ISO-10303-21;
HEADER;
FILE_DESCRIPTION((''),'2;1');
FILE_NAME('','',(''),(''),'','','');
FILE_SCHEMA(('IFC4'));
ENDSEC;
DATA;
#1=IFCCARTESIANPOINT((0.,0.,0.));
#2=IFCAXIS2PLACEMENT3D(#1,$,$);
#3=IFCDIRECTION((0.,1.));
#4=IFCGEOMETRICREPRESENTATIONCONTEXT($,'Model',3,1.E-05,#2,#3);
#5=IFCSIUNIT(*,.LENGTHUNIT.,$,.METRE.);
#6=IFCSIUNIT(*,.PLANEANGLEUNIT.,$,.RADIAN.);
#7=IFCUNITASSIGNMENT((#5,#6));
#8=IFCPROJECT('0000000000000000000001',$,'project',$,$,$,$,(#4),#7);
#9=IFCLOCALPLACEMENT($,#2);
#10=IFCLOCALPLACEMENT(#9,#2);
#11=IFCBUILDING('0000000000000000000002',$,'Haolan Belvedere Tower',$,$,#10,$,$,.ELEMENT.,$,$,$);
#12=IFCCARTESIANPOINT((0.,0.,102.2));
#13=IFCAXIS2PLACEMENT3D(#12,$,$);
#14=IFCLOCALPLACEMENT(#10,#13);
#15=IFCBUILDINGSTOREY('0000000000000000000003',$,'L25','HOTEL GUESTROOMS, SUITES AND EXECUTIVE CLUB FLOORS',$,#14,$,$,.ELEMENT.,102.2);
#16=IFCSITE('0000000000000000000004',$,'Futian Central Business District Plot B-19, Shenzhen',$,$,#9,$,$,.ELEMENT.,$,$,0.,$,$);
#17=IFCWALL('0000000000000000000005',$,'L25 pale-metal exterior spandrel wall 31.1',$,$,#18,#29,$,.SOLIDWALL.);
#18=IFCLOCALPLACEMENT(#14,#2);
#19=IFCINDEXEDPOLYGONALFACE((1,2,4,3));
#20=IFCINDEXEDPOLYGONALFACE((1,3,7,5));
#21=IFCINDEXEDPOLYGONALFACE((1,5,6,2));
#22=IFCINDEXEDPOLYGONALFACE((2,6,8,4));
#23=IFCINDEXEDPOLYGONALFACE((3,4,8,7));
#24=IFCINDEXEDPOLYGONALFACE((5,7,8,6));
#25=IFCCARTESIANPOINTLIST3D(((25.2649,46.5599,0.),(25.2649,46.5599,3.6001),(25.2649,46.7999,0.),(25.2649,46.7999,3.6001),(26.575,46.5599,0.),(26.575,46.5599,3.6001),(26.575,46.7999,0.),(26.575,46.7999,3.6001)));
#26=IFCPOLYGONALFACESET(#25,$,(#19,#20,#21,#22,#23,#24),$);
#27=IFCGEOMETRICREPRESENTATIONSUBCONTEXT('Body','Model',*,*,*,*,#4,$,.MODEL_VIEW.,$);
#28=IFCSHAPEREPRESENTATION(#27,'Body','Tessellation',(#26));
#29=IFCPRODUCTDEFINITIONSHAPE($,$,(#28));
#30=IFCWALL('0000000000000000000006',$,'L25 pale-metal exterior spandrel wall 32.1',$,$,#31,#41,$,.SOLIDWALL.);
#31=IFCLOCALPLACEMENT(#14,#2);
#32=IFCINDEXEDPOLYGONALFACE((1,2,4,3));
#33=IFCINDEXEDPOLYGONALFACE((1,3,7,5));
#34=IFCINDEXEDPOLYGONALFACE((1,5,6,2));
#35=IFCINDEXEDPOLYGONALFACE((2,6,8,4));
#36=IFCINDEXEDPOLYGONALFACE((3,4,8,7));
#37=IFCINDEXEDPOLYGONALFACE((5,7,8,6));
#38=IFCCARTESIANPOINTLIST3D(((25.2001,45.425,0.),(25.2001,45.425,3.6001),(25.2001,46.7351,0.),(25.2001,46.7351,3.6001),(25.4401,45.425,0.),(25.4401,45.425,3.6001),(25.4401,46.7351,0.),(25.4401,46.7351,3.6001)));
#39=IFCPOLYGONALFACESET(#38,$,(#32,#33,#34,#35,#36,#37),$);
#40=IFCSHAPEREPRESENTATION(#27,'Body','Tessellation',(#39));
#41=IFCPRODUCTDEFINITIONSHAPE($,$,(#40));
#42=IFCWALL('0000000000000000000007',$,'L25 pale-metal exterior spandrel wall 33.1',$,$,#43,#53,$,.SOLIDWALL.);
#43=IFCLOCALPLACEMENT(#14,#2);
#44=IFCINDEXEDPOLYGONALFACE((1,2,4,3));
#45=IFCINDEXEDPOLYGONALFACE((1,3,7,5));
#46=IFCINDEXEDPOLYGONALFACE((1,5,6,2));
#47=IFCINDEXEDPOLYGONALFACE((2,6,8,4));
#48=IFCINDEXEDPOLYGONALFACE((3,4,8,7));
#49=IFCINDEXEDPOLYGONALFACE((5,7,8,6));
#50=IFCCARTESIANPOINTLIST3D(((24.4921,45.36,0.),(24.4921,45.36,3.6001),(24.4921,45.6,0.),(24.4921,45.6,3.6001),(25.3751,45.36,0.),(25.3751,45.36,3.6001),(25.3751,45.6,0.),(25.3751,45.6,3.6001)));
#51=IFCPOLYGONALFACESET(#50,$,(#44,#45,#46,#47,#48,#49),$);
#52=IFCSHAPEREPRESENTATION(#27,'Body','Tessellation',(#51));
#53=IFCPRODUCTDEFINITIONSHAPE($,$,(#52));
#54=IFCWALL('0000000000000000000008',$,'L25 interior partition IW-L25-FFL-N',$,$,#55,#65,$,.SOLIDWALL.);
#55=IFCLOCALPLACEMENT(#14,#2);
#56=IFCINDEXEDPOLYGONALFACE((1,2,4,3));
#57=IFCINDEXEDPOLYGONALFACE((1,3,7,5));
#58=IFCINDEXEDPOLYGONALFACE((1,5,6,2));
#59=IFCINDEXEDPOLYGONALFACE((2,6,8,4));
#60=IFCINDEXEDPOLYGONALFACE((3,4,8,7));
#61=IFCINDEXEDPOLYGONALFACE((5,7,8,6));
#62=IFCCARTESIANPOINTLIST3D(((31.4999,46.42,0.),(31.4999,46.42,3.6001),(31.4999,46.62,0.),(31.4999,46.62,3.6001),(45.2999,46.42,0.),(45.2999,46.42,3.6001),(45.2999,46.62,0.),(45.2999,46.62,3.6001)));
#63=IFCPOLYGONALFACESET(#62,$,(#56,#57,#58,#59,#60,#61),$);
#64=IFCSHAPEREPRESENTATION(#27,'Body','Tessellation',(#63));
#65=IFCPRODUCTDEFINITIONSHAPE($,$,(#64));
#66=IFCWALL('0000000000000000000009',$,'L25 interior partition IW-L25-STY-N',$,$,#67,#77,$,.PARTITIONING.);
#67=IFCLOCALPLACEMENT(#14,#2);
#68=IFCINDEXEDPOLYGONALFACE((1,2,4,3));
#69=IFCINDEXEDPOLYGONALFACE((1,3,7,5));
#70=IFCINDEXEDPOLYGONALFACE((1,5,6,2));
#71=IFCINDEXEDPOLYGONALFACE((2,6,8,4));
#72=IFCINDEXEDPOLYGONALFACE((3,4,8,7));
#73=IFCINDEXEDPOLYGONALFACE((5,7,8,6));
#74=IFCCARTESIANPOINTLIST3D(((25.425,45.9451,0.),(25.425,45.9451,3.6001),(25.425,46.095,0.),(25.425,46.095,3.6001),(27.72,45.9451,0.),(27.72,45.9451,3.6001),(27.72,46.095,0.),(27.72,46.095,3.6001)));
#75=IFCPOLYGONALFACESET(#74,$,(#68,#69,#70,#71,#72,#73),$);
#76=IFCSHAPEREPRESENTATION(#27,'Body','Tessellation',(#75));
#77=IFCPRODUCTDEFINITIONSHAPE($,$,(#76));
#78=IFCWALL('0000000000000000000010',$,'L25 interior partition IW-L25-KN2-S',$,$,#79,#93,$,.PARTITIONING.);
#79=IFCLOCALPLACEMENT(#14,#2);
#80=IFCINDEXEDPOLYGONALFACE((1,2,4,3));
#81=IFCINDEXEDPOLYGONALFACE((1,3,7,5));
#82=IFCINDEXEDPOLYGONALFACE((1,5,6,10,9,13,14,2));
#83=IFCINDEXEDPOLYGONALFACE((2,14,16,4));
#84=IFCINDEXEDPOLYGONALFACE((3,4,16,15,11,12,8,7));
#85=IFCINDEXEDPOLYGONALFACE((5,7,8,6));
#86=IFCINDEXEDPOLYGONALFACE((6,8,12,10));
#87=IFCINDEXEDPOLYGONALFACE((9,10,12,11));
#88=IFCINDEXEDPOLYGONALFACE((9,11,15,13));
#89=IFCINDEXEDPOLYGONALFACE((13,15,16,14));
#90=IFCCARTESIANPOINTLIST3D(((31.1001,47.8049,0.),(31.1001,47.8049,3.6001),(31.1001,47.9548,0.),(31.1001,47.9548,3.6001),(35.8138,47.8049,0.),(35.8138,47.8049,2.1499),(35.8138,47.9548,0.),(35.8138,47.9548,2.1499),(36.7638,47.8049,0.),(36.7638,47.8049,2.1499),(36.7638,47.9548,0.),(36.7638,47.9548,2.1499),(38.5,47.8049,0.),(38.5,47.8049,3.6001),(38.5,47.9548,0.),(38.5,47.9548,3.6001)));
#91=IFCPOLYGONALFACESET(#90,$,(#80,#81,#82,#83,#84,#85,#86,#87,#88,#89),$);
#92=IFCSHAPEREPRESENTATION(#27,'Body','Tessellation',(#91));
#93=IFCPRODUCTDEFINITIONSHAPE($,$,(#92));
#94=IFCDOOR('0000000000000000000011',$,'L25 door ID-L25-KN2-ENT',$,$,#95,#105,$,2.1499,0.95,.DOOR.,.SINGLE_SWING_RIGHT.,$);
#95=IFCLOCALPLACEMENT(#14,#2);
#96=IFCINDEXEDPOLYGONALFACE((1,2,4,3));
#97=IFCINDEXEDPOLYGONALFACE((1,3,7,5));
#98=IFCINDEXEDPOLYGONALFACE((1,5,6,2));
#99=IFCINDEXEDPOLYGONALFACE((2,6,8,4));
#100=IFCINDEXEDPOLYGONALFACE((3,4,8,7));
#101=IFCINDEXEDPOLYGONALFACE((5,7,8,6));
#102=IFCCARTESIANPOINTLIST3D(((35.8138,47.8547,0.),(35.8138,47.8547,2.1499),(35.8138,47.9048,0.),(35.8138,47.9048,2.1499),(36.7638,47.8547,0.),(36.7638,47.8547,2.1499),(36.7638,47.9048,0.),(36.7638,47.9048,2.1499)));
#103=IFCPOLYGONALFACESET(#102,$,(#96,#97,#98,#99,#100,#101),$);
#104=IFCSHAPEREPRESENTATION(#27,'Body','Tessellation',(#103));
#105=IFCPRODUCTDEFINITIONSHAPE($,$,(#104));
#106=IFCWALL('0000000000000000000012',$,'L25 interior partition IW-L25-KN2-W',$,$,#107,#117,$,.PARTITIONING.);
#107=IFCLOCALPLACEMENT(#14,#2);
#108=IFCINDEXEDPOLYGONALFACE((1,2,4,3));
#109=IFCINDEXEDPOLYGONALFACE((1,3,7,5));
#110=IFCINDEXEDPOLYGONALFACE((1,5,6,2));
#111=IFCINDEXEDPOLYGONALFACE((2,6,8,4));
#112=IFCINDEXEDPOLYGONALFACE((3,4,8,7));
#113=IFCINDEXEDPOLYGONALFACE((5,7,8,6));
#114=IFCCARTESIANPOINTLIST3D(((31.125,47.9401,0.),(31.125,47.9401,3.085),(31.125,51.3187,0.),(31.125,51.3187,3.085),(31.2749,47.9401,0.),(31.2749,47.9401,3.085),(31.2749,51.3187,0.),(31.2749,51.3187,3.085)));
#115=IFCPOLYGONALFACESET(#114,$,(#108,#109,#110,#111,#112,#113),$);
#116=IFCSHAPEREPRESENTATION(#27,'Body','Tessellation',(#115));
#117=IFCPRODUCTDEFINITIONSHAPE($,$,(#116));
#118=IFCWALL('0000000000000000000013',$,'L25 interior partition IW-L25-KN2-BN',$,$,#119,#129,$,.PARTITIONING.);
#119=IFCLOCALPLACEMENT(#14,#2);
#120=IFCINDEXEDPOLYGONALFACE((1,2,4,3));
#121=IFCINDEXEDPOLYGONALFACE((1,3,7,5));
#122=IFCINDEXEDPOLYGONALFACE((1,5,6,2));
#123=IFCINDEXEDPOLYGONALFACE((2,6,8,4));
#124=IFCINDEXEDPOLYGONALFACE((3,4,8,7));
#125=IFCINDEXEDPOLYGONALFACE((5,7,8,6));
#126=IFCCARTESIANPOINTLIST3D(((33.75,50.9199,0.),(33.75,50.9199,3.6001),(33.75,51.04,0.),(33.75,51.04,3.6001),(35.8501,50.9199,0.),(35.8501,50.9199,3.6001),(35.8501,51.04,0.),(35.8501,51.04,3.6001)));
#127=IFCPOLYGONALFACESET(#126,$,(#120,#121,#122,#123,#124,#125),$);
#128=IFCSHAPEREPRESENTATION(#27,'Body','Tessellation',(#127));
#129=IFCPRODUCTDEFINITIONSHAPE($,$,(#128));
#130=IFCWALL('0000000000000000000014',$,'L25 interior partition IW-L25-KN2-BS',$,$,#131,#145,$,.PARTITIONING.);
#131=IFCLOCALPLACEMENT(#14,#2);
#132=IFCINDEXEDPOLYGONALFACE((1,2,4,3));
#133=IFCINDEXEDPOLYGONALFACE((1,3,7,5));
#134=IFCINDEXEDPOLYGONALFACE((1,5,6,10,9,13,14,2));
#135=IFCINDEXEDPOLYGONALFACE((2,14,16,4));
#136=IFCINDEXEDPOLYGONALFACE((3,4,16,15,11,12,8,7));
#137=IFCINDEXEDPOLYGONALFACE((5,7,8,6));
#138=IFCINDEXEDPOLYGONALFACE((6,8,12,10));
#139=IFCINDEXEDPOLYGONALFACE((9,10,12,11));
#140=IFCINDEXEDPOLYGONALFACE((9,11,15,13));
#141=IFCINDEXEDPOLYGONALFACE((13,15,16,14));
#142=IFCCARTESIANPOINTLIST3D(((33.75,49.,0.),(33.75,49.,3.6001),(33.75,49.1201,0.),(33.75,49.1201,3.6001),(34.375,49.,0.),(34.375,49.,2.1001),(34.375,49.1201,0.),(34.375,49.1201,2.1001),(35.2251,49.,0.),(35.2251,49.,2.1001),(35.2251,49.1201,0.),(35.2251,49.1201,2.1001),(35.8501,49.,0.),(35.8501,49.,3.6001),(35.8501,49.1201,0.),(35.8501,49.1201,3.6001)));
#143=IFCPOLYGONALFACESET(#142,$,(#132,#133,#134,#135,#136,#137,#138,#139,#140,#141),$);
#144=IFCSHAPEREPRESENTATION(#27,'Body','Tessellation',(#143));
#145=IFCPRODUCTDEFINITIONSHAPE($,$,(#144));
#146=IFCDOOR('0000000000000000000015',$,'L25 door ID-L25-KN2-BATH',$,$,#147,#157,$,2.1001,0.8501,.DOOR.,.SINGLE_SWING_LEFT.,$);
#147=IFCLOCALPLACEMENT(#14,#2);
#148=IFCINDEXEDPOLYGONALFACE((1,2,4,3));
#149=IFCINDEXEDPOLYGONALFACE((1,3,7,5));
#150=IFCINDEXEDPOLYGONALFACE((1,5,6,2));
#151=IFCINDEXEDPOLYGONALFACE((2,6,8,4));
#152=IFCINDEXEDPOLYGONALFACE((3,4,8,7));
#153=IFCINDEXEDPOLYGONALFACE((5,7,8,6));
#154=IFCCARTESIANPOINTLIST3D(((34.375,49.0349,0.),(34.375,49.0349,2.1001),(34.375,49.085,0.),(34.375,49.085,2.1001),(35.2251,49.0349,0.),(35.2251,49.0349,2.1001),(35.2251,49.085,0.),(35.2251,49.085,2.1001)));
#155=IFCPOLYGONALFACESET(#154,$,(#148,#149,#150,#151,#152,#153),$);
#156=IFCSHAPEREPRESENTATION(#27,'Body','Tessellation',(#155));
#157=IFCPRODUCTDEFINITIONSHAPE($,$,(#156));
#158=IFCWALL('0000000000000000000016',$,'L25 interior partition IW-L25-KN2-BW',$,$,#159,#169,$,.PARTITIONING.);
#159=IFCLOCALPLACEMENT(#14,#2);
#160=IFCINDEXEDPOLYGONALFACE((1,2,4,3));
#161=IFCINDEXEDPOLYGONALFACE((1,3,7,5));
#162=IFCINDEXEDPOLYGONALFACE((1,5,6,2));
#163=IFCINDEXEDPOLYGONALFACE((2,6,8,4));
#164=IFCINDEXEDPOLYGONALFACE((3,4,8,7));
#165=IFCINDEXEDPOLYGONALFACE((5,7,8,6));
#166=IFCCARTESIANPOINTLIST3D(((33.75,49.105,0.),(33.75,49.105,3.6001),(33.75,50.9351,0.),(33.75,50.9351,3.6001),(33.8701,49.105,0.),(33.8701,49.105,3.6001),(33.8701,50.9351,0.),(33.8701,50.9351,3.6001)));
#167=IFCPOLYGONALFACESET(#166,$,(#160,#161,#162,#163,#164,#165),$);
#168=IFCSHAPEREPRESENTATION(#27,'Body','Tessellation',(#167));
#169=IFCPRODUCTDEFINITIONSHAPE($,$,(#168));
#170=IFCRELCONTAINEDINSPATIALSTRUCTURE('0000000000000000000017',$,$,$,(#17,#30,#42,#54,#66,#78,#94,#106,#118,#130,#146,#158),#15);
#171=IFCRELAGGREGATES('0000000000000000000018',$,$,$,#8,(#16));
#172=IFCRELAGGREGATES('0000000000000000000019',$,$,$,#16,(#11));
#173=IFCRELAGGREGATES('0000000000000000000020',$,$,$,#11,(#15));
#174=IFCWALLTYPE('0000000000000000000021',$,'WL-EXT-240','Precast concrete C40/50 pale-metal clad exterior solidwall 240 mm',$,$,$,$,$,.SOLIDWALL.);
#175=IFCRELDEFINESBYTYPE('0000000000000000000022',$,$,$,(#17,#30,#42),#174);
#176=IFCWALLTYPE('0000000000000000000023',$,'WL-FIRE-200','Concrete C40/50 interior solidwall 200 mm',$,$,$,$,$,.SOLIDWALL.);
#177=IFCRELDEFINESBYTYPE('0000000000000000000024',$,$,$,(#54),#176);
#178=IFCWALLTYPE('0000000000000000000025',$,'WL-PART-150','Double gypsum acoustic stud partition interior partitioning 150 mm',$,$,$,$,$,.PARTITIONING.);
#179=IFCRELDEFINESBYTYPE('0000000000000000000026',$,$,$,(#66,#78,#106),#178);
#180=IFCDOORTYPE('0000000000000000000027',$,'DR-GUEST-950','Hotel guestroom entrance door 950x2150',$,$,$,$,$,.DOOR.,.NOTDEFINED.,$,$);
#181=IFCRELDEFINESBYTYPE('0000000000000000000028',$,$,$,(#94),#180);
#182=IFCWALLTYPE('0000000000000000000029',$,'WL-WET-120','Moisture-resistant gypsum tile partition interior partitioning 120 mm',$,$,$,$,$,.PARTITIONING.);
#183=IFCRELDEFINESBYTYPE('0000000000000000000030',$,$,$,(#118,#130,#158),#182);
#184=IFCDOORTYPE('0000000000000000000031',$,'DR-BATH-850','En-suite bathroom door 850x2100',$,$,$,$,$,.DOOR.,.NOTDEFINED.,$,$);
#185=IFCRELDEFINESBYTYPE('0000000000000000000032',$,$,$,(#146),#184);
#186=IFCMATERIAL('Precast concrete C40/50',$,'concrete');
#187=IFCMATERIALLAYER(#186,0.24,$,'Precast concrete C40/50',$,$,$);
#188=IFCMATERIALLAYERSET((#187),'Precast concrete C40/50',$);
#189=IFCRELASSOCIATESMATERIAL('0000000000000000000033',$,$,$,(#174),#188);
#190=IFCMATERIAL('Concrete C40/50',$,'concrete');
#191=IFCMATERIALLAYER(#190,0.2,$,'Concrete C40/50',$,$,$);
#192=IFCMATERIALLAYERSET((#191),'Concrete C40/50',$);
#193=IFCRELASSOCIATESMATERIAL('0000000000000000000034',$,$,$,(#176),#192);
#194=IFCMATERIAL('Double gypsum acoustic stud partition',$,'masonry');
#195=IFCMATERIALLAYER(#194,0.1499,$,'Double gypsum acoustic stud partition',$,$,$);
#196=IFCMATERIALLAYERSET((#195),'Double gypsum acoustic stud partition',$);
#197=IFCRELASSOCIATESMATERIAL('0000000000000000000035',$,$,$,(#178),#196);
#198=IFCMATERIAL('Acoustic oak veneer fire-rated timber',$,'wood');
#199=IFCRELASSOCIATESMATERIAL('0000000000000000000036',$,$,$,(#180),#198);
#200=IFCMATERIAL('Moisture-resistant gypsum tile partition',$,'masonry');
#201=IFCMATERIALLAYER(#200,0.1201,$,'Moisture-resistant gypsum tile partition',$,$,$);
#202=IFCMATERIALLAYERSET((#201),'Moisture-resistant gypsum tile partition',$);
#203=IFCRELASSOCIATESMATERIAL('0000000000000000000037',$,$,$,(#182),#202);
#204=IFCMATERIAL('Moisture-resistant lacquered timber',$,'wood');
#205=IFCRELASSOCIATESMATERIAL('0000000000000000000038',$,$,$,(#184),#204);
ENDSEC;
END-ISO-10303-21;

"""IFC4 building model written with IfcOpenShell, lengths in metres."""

from ifc_helpers import new_model, si_unit, direction, frame, frame_2d, origin, place, context, subcontext, project, spatial, rectangle, extrude, material, layer, layer_set, type_object, element, fill, save


model = new_model("IFC4")

# Units and contexts
model_context = context("Model", 3, precision=1e-05, world=origin(), true_north=direction((0.0, 1.0)))
body_context = subcontext(model_context, "Body", "Model", "MODEL_VIEW")
ifc_project = project(units=[si_unit("LENGTHUNIT", "METRE"), si_unit("PLANEANGLEUNIT", "RADIAN")], contexts=[model_context])

# Site, building, storey
site_placement = place(None, origin())
site = spatial("IfcSite", under=ifc_project, at=site_placement, Name="Futian Central Business District Plot B-19, Shenzhen", CompositionType="ELEMENT", RefElevation=0.0)
building_placement = place(site_placement, origin())
building = spatial("IfcBuilding", under=site, at=building_placement, Name="Haolan Belvedere Tower", CompositionType="ELEMENT")
storey_placement = place(building_placement, frame((0.0, 0.0, 102.2)))
storey = spatial("IfcBuildingStorey", under=building, at=storey_placement, Name="L25", Description="HOTEL GUESTROOMS, SUITES AND EXECUTIVE CLUB FLOORS", CompositionType="ELEMENT", Elevation=102.2)

# Shared definitions
ifc_material_1 = material(Name="Precast concrete C40/50", Category="concrete")
ifc_layer_1 = layer(ifc_material_1, 0.24, Name="Precast concrete C40/50")
ifc_layer_set_1 = layer_set([ifc_layer_1], Name="Precast concrete C40/50")
wall_type_1 = type_object("IfcWallType", Name="WL-EXT-240", Description="Precast concrete C40/50 pale-metal clad exterior solidwall 240 mm", PredefinedType="SOLIDWALL", material=ifc_layer_set_1)

# Walls
for number, where, z_axis, x_axis, name in (
    (1, (26.575, 46.6799, 0.0), (0.0, 0.0, 1.0), (-1.0, 0.0, 0.0), "L25 pale-metal exterior spandrel wall 31.1"),
    (2, (25.3201, 46.7351, 0.0), (0.0, 0.0, 1.0), (0.0, -1.0, 0.0), "L25 pale-metal exterior spandrel wall 32.1"),
):
    element("IfcWall", number, at=place(storey_placement, frame(where, z_axis=z_axis, x_axis=x_axis)), inside=storey, type_object=wall_type_1, Name=name, PredefinedType="SOLIDWALL", context=body_context, shape_type="SweptSolid", body=[
        extrude(rectangle(XDim=1.3101, YDim=0.24, at=frame_2d((0.655, 0.0))), origin(), (0.0, 0.0, 1.0), 3.6001),
    ])
wall_1_placement = place(storey_placement, frame((25.375, 45.48, 0.0), z_axis=(0.0, 0.0, 1.0), x_axis=(-1.0, 0.0, 0.0)))
element("IfcWall", 3, at=wall_1_placement, inside=storey, type_object=wall_type_1, Name="L25 pale-metal exterior spandrel wall 33.1", PredefinedType="SOLIDWALL", context=body_context, shape_type="SweptSolid", body=[
    extrude(rectangle(XDim=0.8831, YDim=0.24, at=frame_2d((0.4414, 0.0))), origin(), (0.0, 0.0, 1.0), 3.6001),
])
ifc_material_2 = material(Name="Concrete C40/50", Category="concrete")
ifc_layer_2 = layer(ifc_material_2, 0.2, Name="Concrete C40/50")
ifc_layer_set_2 = layer_set([ifc_layer_2], Name="Concrete C40/50")
wall_type_2 = type_object("IfcWallType", Name="WL-FIRE-200", Description="Concrete C40/50 interior solidwall 200 mm", PredefinedType="SOLIDWALL", material=ifc_layer_set_2)
wall_2_placement = place(storey_placement, frame((31.5, 46.52, 0.0), z_axis=(0.0, 0.0, 1.0), x_axis=(1.0, 0.0, 0.0)))
element("IfcWall", 4, at=wall_2_placement, inside=storey, type_object=wall_type_2, Name="L25 interior partition IW-L25-FFL-N", PredefinedType="SOLIDWALL", context=body_context, shape_type="SweptSolid", body=[
    extrude(rectangle(XDim=13.8, YDim=0.2, at=frame_2d((6.8999, 0.0))), origin(), (0.0, 0.0, 1.0), 3.6001),
])

# Wall
ifc_material_3 = material(Name="Double gypsum acoustic stud partition", Category="masonry")
ifc_layer_3 = layer(ifc_material_3, 0.1499, Name="Double gypsum acoustic stud partition")
ifc_layer_set_3 = layer_set([ifc_layer_3], Name="Double gypsum acoustic stud partition")
wall_type_3 = type_object("IfcWallType", Name="WL-PART-150", Description="Double gypsum acoustic stud partition interior partitioning 150 mm", PredefinedType="PARTITIONING", material=ifc_layer_set_3)
wall_3_placement = place(storey_placement, frame((25.425, 46.02, 0.0), z_axis=(0.0, 0.0, 1.0), x_axis=(1.0, 0.0, 0.0)))
element("IfcWall", 5, at=wall_3_placement, inside=storey, type_object=wall_type_3, Name="L25 interior partition IW-L25-STY-N", PredefinedType="PARTITIONING", context=body_context, shape_type="SweptSolid", body=[
    extrude(rectangle(XDim=2.2949, YDim=0.1499, at=frame_2d((1.1475, 0.0))), origin(), (0.0, 0.0, 1.0), 3.6001),
])

# Wall, opening, door
wall_4_placement = place(storey_placement, frame((31.1001, 47.8799, 0.0), z_axis=(0.0, 0.0, 1.0), x_axis=(1.0, 0.0, 0.0)))
wall_4 = element("IfcWall", 6, at=wall_4_placement, inside=storey, type_object=wall_type_3, Name="L25 interior partition IW-L25-KN2-S", PredefinedType="PARTITIONING", context=body_context, shape_type="SweptSolid", body=[
    extrude(rectangle(XDim=7.3999, YDim=0.1499, at=frame_2d((3.7, 0.0))), origin(), (0.0, 0.0, 1.0), 3.6001),
])
opening_1_placement = place(wall_4_placement, frame((4.7136, 0.0, 0.0)))
opening_1 = element("IfcOpeningElement", 7, at=opening_1_placement, cuts=wall_4, PredefinedType="OPENING", context=body_context, shape_type="SweptSolid", body=[
    extrude(rectangle(XDim=0.95, YDim=2.1499, at=frame_2d((0.4751, 1.075))), frame((0.0, 0.085, 0.0), z_axis=(0.0, -1.0, 0.0), x_axis=(1.0, 0.0, 0.0)), (0.0, 0.0, 1.0), 0.1699),
])
ifc_material_4 = material(Name="Acoustic oak veneer fire-rated timber", Category="wood")
door_type_1 = type_object("IfcDoorType", Name="DR-GUEST-950", Description="Hotel guestroom entrance door 950x2150", OperationType="NOTDEFINED", PredefinedType="DOOR", material=ifc_material_4)
door_1_placement = place(opening_1_placement, origin())
door_1 = element("IfcDoor", 8, at=door_1_placement, inside=storey, type_object=door_type_1, Name="L25 door ID-L25-KN2-ENT", OperationType="SINGLE_SWING_RIGHT", OverallHeight=2.1499, OverallWidth=0.95, PredefinedType="DOOR", context=body_context, shape_type="SweptSolid", body=[
    extrude(rectangle(XDim=0.95, YDim=2.1499, at=frame_2d((0.4751, 1.075))), frame((0.0, 0.0249, 0.0), z_axis=(0.0, -1.0, 0.0), x_axis=(1.0, 0.0, 0.0)), (0.0, 0.0, 1.0), 0.05),
])
fill(opening_1, door_1)

# Walls
wall_5_placement = place(storey_placement, frame((31.2, 47.9399, 0.0), z_axis=(0.0, 0.0, 1.0), x_axis=(0.0, 1.0, 0.0)))
element("IfcWall", 9, at=wall_5_placement, inside=storey, type_object=wall_type_3, Name="L25 interior partition IW-L25-KN2-W", PredefinedType="PARTITIONING", context=body_context, shape_type="SweptSolid", body=[
    extrude(rectangle(XDim=3.3787, YDim=0.1499, at=frame_2d((1.6895, 0.0))), origin(), (0.0, 0.0, 1.0), 3.085),
])
ifc_material_5 = material(Name="Moisture-resistant gypsum tile partition", Category="masonry")
ifc_layer_4 = layer(ifc_material_5, 0.1201, Name="Moisture-resistant gypsum tile partition")
ifc_layer_set_4 = layer_set([ifc_layer_4], Name="Moisture-resistant gypsum tile partition")
wall_type_4 = type_object("IfcWallType", Name="WL-WET-120", Description="Moisture-resistant gypsum tile partition interior partitioning 120 mm", PredefinedType="PARTITIONING", material=ifc_layer_set_4)
wall_6_placement = place(storey_placement, frame((33.75, 50.98, 0.0), z_axis=(0.0, 0.0, 1.0), x_axis=(1.0, 0.0, 0.0)))
element("IfcWall", 10, at=wall_6_placement, inside=storey, type_object=wall_type_4, Name="L25 interior partition IW-L25-KN2-BN", PredefinedType="PARTITIONING", context=body_context, shape_type="SweptSolid", body=[
    extrude(rectangle(XDim=2.1001, YDim=0.1201, at=frame_2d((1.05, 0.0))), origin(), (0.0, 0.0, 1.0), 3.6001),
])

# Wall, opening, door
wall_7_placement = place(storey_placement, frame((33.75, 49.0601, 0.0), z_axis=(0.0, 0.0, 1.0), x_axis=(1.0, 0.0, 0.0)))
wall_7 = element("IfcWall", 11, at=wall_7_placement, inside=storey, type_object=wall_type_4, Name="L25 interior partition IW-L25-KN2-BS", PredefinedType="PARTITIONING", context=body_context, shape_type="SweptSolid", body=[
    extrude(rectangle(XDim=2.1001, YDim=0.1201, at=frame_2d((1.05, 0.0))), origin(), (0.0, 0.0, 1.0), 3.6001),
])
opening_2_placement = place(wall_7_placement, frame((0.625, 0.0, 0.0)))
opening_2 = element("IfcOpeningElement", 12, at=opening_2_placement, cuts=wall_7, PredefinedType="OPENING", context=body_context, shape_type="SweptSolid", body=[
    extrude(rectangle(XDim=0.8501, YDim=2.1001, at=frame_2d((0.425, 1.05))), frame((0.0, 0.0701, 0.0), z_axis=(0.0, -1.0, 0.0), x_axis=(1.0, 0.0, 0.0)), (0.0, 0.0, 1.0), 0.1401),
])
ifc_material_6 = material(Name="Moisture-resistant lacquered timber", Category="wood")
door_type_2 = type_object("IfcDoorType", Name="DR-BATH-850", Description="En-suite bathroom door 850x2100", OperationType="NOTDEFINED", PredefinedType="DOOR", material=ifc_material_6)
door_2_placement = place(opening_2_placement, origin())
door_2 = element("IfcDoor", 13, at=door_2_placement, inside=storey, type_object=door_type_2, Name="L25 door ID-L25-KN2-BATH", OperationType="SINGLE_SWING_LEFT", OverallHeight=2.1001, OverallWidth=0.8501, PredefinedType="DOOR", context=body_context, shape_type="SweptSolid", body=[
    extrude(rectangle(XDim=0.8501, YDim=2.1001, at=frame_2d((0.425, 1.05))), frame((0.0, 0.0249, 0.0), z_axis=(0.0, -1.0, 0.0), x_axis=(1.0, 0.0, 0.0)), (0.0, 0.0, 1.0), 0.05),
])
fill(opening_2, door_2)

# Wall
wall_8_placement = place(storey_placement, frame((33.8101, 49.105, 0.0), z_axis=(0.0, 0.0, 1.0), x_axis=(0.0, 1.0, 0.0)))
element("IfcWall", 14, at=wall_8_placement, inside=storey, type_object=wall_type_4, Name="L25 interior partition IW-L25-KN2-BW", PredefinedType="PARTITIONING", context=body_context, shape_type="SweptSolid", body=[
    extrude(rectangle(XDim=1.8301, YDim=0.1201, at=frame_2d((0.915, 0.0))), origin(), (0.0, 0.0, 1.0), 3.6001),
])

save(model, "model.ifc")
